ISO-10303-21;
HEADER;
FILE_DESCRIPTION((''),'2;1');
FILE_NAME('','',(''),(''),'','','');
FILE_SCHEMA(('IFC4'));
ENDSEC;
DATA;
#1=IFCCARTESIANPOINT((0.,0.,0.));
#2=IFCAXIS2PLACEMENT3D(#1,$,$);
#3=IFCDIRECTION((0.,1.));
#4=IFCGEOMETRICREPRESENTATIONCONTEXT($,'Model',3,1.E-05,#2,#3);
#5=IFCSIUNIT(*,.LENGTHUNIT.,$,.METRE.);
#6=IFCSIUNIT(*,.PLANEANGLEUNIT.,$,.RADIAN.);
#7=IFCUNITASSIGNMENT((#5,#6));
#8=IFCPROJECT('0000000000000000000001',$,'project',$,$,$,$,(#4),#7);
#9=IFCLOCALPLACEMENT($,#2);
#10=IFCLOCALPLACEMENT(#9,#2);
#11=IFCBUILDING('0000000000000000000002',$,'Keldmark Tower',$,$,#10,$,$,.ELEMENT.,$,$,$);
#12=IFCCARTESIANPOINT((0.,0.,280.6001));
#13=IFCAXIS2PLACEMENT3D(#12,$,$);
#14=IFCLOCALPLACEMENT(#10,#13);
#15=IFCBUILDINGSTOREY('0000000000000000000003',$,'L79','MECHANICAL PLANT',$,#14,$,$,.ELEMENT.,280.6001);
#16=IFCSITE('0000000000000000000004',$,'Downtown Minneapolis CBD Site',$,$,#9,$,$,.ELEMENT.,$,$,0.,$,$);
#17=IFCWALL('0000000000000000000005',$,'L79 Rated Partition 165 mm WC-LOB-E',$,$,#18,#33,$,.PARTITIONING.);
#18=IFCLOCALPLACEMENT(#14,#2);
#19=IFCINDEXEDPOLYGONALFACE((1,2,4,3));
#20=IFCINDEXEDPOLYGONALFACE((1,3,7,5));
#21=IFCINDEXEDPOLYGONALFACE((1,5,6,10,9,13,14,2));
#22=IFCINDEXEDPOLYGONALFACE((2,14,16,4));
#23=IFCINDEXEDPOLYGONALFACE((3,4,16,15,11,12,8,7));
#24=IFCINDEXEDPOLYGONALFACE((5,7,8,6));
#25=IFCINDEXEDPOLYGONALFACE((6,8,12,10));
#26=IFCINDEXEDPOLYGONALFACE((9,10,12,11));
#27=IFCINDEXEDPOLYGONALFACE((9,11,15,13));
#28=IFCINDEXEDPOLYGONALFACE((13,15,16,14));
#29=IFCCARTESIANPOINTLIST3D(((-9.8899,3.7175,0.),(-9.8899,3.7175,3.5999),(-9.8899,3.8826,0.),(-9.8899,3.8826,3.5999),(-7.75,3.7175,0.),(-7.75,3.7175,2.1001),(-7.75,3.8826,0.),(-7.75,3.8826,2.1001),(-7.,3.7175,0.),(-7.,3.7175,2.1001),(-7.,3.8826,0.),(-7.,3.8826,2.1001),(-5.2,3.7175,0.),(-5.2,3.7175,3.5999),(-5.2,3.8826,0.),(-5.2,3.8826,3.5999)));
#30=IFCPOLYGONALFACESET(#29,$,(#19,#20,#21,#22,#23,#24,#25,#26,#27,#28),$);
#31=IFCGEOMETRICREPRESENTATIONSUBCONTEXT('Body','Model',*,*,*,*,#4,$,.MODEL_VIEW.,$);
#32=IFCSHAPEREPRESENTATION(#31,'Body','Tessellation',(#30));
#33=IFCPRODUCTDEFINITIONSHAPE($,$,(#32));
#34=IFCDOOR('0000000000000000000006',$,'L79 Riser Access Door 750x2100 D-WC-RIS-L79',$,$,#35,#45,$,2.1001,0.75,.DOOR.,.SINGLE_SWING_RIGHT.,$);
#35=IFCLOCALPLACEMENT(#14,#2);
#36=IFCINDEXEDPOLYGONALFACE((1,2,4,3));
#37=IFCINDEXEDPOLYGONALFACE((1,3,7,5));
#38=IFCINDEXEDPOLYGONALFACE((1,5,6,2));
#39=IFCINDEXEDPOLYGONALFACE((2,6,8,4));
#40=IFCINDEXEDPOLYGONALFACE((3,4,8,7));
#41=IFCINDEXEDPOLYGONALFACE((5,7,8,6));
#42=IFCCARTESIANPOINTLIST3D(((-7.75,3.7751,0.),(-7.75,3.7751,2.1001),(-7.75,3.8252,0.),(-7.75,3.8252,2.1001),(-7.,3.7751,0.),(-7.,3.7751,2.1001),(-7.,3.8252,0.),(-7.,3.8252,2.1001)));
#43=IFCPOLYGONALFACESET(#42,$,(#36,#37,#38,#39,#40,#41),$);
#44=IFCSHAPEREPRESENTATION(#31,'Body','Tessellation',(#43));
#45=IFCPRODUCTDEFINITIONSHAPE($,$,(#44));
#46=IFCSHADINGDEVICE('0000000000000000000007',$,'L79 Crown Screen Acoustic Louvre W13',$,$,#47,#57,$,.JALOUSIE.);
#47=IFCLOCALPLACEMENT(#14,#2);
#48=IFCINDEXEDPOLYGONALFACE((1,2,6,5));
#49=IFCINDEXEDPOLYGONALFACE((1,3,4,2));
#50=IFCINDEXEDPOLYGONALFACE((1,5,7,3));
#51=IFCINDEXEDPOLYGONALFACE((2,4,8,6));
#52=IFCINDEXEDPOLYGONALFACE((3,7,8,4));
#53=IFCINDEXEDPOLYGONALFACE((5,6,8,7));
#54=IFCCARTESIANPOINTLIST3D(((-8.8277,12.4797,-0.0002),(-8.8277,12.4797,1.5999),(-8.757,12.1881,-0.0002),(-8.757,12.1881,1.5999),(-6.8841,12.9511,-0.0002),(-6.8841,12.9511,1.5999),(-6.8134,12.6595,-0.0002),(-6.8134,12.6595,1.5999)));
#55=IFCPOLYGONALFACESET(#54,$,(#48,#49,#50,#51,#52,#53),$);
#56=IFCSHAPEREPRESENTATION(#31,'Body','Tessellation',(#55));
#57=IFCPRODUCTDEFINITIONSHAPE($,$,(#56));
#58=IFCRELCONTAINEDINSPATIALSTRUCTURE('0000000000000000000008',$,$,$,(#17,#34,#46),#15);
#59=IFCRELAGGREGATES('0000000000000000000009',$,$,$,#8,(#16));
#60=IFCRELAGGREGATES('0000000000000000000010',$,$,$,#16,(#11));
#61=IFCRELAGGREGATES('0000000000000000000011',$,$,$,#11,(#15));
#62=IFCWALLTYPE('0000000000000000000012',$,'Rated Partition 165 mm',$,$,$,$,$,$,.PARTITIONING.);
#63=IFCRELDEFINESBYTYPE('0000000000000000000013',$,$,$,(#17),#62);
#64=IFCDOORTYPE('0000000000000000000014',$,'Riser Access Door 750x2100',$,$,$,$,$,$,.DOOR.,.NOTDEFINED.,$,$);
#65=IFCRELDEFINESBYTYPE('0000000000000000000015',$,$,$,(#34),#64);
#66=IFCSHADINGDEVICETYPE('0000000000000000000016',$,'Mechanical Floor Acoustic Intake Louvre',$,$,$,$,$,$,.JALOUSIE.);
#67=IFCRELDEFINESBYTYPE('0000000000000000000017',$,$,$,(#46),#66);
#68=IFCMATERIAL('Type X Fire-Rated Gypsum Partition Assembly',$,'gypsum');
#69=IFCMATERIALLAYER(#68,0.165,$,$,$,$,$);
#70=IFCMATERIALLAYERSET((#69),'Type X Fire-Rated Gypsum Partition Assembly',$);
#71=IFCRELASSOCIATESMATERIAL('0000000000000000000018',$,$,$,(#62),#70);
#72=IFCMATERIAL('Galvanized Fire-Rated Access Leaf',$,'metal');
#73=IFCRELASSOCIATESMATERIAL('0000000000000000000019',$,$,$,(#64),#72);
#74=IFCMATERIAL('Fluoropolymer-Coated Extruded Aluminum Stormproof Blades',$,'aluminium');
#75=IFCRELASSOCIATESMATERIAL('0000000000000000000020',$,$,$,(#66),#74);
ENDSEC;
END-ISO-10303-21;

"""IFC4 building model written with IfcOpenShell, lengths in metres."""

from ifc_helpers import new_model, si_unit, direction, frame, frame_2d, origin, origin_2d, place, context, subcontext, project, spatial, rectangle, extrude, material, layer, layer_set, type_object, element, fill, save


model = new_model("IFC4")

# Units and contexts
model_context = context("Model", 3, precision=1e-05, world=origin(), true_north=direction((0.0, 1.0)))
body_context = subcontext(model_context, "Body", "Model", "MODEL_VIEW")
ifc_project = project(units=[si_unit("LENGTHUNIT", "METRE"), si_unit("PLANEANGLEUNIT", "RADIAN")], contexts=[model_context])

# Site, building, storey
site_placement = place(None, origin())
site = spatial("IfcSite", under=ifc_project, at=site_placement, Name="Downtown Minneapolis CBD Site", CompositionType="ELEMENT", RefElevation=0.0)
building_placement = place(site_placement, origin())
building = spatial("IfcBuilding", under=site, at=building_placement, Name="Keldmark Tower", CompositionType="ELEMENT")
storey_placement = place(building_placement, frame((0.0, 0.0, 280.6001)))
storey = spatial("IfcBuildingStorey", under=building, at=storey_placement, Name="L79", Description="MECHANICAL PLANT", CompositionType="ELEMENT", Elevation=280.6001)

# Wall, opening, door
ifc_material_1 = material(Name="Type X Fire-Rated Gypsum Partition Assembly", Category="gypsum")
ifc_layer_1 = layer(ifc_material_1, 0.165)
ifc_layer_set_1 = layer_set([ifc_layer_1], Name="Type X Fire-Rated Gypsum Partition Assembly")
wall_type_1 = type_object("IfcWallType", Name="Rated Partition 165 mm", PredefinedType="PARTITIONING", material=ifc_layer_set_1)
wall_1_placement = place(storey_placement, frame((-5.2, 3.8, 0.0), z_axis=(0.0, 0.0, 1.0), x_axis=(-1.0, 0.0, 0.0)))
wall_1 = element("IfcWall", 1, at=wall_1_placement, inside=storey, type_object=wall_type_1, Name="L79 Rated Partition 165 mm WC-LOB-E", PredefinedType="PARTITIONING", context=body_context, shape_type="SweptSolid", body=[
    extrude(rectangle(XDim=4.6899, YDim=0.165, at=frame_2d((2.345, 0.0))), origin(), (0.0, 0.0, 1.0), 3.5999),
])
opening_placement = place(wall_1_placement, frame((1.8, 0.0, 0.0)))
opening = element("IfcOpeningElement", 2, at=opening_placement, cuts=wall_1, PredefinedType="OPENING", context=body_context, shape_type="SweptSolid", body=[
    extrude(rectangle(XDim=0.75, YDim=2.1001, at=frame_2d((0.375, 1.05))), frame((0.0, 0.0925, 0.0), z_axis=(0.0, -1.0, 0.0), x_axis=(1.0, 0.0, 0.0)), (0.0, 0.0, 1.0), 0.1851),
])
ifc_material_2 = material(Name="Galvanized Fire-Rated Access Leaf", Category="metal")
door_type = type_object("IfcDoorType", Name="Riser Access Door 750x2100", OperationType="NOTDEFINED", PredefinedType="DOOR", material=ifc_material_2)
door_placement = place(opening_placement, origin())
door = element("IfcDoor", 3, at=door_placement, inside=storey, type_object=door_type, Name="L79 Riser Access Door 750x2100 D-WC-RIS-L79", OperationType="SINGLE_SWING_RIGHT", OverallHeight=2.1001, OverallWidth=0.75, PredefinedType="DOOR", context=body_context, shape_type="SweptSolid", body=[
    extrude(rectangle(XDim=0.75, YDim=2.1001, at=frame_2d((0.375, 1.05))), frame((0.0, 0.0249, 0.0), z_axis=(0.0, -1.0, 0.0), x_axis=(1.0, 0.0, 0.0)), (0.0, 0.0, 1.0), 0.05),
])
fill(opening, door)

# Shading device
ifc_material_3 = material(Name="Fluoropolymer-Coated Extruded Aluminum Stormproof Blades", Category="aluminium")
shading_device_type = type_object("IfcShadingDeviceType", Name="Mechanical Floor Acoustic Intake Louvre", PredefinedType="JALOUSIE", material=ifc_material_3)
shading_device_placement = place(storey_placement, frame((-7.8206, 12.5696, -0.0002), z_axis=(0.0, 0.0, 1.0), x_axis=(-0.971821, -0.235719, 0.0)))
element("IfcShadingDevice", 4, at=shading_device_placement, inside=storey, type_object=shading_device_type, Name="L79 Crown Screen Acoustic Louvre W13", PredefinedType="JALOUSIE", context=body_context, shape_type="SweptSolid", body=[
    extrude(rectangle(XDim=2.0, YDim=0.3, at=origin_2d()), origin(), (0.0, 0.0, 1.0), 1.6001),
])

save(model, "model.ifc")
